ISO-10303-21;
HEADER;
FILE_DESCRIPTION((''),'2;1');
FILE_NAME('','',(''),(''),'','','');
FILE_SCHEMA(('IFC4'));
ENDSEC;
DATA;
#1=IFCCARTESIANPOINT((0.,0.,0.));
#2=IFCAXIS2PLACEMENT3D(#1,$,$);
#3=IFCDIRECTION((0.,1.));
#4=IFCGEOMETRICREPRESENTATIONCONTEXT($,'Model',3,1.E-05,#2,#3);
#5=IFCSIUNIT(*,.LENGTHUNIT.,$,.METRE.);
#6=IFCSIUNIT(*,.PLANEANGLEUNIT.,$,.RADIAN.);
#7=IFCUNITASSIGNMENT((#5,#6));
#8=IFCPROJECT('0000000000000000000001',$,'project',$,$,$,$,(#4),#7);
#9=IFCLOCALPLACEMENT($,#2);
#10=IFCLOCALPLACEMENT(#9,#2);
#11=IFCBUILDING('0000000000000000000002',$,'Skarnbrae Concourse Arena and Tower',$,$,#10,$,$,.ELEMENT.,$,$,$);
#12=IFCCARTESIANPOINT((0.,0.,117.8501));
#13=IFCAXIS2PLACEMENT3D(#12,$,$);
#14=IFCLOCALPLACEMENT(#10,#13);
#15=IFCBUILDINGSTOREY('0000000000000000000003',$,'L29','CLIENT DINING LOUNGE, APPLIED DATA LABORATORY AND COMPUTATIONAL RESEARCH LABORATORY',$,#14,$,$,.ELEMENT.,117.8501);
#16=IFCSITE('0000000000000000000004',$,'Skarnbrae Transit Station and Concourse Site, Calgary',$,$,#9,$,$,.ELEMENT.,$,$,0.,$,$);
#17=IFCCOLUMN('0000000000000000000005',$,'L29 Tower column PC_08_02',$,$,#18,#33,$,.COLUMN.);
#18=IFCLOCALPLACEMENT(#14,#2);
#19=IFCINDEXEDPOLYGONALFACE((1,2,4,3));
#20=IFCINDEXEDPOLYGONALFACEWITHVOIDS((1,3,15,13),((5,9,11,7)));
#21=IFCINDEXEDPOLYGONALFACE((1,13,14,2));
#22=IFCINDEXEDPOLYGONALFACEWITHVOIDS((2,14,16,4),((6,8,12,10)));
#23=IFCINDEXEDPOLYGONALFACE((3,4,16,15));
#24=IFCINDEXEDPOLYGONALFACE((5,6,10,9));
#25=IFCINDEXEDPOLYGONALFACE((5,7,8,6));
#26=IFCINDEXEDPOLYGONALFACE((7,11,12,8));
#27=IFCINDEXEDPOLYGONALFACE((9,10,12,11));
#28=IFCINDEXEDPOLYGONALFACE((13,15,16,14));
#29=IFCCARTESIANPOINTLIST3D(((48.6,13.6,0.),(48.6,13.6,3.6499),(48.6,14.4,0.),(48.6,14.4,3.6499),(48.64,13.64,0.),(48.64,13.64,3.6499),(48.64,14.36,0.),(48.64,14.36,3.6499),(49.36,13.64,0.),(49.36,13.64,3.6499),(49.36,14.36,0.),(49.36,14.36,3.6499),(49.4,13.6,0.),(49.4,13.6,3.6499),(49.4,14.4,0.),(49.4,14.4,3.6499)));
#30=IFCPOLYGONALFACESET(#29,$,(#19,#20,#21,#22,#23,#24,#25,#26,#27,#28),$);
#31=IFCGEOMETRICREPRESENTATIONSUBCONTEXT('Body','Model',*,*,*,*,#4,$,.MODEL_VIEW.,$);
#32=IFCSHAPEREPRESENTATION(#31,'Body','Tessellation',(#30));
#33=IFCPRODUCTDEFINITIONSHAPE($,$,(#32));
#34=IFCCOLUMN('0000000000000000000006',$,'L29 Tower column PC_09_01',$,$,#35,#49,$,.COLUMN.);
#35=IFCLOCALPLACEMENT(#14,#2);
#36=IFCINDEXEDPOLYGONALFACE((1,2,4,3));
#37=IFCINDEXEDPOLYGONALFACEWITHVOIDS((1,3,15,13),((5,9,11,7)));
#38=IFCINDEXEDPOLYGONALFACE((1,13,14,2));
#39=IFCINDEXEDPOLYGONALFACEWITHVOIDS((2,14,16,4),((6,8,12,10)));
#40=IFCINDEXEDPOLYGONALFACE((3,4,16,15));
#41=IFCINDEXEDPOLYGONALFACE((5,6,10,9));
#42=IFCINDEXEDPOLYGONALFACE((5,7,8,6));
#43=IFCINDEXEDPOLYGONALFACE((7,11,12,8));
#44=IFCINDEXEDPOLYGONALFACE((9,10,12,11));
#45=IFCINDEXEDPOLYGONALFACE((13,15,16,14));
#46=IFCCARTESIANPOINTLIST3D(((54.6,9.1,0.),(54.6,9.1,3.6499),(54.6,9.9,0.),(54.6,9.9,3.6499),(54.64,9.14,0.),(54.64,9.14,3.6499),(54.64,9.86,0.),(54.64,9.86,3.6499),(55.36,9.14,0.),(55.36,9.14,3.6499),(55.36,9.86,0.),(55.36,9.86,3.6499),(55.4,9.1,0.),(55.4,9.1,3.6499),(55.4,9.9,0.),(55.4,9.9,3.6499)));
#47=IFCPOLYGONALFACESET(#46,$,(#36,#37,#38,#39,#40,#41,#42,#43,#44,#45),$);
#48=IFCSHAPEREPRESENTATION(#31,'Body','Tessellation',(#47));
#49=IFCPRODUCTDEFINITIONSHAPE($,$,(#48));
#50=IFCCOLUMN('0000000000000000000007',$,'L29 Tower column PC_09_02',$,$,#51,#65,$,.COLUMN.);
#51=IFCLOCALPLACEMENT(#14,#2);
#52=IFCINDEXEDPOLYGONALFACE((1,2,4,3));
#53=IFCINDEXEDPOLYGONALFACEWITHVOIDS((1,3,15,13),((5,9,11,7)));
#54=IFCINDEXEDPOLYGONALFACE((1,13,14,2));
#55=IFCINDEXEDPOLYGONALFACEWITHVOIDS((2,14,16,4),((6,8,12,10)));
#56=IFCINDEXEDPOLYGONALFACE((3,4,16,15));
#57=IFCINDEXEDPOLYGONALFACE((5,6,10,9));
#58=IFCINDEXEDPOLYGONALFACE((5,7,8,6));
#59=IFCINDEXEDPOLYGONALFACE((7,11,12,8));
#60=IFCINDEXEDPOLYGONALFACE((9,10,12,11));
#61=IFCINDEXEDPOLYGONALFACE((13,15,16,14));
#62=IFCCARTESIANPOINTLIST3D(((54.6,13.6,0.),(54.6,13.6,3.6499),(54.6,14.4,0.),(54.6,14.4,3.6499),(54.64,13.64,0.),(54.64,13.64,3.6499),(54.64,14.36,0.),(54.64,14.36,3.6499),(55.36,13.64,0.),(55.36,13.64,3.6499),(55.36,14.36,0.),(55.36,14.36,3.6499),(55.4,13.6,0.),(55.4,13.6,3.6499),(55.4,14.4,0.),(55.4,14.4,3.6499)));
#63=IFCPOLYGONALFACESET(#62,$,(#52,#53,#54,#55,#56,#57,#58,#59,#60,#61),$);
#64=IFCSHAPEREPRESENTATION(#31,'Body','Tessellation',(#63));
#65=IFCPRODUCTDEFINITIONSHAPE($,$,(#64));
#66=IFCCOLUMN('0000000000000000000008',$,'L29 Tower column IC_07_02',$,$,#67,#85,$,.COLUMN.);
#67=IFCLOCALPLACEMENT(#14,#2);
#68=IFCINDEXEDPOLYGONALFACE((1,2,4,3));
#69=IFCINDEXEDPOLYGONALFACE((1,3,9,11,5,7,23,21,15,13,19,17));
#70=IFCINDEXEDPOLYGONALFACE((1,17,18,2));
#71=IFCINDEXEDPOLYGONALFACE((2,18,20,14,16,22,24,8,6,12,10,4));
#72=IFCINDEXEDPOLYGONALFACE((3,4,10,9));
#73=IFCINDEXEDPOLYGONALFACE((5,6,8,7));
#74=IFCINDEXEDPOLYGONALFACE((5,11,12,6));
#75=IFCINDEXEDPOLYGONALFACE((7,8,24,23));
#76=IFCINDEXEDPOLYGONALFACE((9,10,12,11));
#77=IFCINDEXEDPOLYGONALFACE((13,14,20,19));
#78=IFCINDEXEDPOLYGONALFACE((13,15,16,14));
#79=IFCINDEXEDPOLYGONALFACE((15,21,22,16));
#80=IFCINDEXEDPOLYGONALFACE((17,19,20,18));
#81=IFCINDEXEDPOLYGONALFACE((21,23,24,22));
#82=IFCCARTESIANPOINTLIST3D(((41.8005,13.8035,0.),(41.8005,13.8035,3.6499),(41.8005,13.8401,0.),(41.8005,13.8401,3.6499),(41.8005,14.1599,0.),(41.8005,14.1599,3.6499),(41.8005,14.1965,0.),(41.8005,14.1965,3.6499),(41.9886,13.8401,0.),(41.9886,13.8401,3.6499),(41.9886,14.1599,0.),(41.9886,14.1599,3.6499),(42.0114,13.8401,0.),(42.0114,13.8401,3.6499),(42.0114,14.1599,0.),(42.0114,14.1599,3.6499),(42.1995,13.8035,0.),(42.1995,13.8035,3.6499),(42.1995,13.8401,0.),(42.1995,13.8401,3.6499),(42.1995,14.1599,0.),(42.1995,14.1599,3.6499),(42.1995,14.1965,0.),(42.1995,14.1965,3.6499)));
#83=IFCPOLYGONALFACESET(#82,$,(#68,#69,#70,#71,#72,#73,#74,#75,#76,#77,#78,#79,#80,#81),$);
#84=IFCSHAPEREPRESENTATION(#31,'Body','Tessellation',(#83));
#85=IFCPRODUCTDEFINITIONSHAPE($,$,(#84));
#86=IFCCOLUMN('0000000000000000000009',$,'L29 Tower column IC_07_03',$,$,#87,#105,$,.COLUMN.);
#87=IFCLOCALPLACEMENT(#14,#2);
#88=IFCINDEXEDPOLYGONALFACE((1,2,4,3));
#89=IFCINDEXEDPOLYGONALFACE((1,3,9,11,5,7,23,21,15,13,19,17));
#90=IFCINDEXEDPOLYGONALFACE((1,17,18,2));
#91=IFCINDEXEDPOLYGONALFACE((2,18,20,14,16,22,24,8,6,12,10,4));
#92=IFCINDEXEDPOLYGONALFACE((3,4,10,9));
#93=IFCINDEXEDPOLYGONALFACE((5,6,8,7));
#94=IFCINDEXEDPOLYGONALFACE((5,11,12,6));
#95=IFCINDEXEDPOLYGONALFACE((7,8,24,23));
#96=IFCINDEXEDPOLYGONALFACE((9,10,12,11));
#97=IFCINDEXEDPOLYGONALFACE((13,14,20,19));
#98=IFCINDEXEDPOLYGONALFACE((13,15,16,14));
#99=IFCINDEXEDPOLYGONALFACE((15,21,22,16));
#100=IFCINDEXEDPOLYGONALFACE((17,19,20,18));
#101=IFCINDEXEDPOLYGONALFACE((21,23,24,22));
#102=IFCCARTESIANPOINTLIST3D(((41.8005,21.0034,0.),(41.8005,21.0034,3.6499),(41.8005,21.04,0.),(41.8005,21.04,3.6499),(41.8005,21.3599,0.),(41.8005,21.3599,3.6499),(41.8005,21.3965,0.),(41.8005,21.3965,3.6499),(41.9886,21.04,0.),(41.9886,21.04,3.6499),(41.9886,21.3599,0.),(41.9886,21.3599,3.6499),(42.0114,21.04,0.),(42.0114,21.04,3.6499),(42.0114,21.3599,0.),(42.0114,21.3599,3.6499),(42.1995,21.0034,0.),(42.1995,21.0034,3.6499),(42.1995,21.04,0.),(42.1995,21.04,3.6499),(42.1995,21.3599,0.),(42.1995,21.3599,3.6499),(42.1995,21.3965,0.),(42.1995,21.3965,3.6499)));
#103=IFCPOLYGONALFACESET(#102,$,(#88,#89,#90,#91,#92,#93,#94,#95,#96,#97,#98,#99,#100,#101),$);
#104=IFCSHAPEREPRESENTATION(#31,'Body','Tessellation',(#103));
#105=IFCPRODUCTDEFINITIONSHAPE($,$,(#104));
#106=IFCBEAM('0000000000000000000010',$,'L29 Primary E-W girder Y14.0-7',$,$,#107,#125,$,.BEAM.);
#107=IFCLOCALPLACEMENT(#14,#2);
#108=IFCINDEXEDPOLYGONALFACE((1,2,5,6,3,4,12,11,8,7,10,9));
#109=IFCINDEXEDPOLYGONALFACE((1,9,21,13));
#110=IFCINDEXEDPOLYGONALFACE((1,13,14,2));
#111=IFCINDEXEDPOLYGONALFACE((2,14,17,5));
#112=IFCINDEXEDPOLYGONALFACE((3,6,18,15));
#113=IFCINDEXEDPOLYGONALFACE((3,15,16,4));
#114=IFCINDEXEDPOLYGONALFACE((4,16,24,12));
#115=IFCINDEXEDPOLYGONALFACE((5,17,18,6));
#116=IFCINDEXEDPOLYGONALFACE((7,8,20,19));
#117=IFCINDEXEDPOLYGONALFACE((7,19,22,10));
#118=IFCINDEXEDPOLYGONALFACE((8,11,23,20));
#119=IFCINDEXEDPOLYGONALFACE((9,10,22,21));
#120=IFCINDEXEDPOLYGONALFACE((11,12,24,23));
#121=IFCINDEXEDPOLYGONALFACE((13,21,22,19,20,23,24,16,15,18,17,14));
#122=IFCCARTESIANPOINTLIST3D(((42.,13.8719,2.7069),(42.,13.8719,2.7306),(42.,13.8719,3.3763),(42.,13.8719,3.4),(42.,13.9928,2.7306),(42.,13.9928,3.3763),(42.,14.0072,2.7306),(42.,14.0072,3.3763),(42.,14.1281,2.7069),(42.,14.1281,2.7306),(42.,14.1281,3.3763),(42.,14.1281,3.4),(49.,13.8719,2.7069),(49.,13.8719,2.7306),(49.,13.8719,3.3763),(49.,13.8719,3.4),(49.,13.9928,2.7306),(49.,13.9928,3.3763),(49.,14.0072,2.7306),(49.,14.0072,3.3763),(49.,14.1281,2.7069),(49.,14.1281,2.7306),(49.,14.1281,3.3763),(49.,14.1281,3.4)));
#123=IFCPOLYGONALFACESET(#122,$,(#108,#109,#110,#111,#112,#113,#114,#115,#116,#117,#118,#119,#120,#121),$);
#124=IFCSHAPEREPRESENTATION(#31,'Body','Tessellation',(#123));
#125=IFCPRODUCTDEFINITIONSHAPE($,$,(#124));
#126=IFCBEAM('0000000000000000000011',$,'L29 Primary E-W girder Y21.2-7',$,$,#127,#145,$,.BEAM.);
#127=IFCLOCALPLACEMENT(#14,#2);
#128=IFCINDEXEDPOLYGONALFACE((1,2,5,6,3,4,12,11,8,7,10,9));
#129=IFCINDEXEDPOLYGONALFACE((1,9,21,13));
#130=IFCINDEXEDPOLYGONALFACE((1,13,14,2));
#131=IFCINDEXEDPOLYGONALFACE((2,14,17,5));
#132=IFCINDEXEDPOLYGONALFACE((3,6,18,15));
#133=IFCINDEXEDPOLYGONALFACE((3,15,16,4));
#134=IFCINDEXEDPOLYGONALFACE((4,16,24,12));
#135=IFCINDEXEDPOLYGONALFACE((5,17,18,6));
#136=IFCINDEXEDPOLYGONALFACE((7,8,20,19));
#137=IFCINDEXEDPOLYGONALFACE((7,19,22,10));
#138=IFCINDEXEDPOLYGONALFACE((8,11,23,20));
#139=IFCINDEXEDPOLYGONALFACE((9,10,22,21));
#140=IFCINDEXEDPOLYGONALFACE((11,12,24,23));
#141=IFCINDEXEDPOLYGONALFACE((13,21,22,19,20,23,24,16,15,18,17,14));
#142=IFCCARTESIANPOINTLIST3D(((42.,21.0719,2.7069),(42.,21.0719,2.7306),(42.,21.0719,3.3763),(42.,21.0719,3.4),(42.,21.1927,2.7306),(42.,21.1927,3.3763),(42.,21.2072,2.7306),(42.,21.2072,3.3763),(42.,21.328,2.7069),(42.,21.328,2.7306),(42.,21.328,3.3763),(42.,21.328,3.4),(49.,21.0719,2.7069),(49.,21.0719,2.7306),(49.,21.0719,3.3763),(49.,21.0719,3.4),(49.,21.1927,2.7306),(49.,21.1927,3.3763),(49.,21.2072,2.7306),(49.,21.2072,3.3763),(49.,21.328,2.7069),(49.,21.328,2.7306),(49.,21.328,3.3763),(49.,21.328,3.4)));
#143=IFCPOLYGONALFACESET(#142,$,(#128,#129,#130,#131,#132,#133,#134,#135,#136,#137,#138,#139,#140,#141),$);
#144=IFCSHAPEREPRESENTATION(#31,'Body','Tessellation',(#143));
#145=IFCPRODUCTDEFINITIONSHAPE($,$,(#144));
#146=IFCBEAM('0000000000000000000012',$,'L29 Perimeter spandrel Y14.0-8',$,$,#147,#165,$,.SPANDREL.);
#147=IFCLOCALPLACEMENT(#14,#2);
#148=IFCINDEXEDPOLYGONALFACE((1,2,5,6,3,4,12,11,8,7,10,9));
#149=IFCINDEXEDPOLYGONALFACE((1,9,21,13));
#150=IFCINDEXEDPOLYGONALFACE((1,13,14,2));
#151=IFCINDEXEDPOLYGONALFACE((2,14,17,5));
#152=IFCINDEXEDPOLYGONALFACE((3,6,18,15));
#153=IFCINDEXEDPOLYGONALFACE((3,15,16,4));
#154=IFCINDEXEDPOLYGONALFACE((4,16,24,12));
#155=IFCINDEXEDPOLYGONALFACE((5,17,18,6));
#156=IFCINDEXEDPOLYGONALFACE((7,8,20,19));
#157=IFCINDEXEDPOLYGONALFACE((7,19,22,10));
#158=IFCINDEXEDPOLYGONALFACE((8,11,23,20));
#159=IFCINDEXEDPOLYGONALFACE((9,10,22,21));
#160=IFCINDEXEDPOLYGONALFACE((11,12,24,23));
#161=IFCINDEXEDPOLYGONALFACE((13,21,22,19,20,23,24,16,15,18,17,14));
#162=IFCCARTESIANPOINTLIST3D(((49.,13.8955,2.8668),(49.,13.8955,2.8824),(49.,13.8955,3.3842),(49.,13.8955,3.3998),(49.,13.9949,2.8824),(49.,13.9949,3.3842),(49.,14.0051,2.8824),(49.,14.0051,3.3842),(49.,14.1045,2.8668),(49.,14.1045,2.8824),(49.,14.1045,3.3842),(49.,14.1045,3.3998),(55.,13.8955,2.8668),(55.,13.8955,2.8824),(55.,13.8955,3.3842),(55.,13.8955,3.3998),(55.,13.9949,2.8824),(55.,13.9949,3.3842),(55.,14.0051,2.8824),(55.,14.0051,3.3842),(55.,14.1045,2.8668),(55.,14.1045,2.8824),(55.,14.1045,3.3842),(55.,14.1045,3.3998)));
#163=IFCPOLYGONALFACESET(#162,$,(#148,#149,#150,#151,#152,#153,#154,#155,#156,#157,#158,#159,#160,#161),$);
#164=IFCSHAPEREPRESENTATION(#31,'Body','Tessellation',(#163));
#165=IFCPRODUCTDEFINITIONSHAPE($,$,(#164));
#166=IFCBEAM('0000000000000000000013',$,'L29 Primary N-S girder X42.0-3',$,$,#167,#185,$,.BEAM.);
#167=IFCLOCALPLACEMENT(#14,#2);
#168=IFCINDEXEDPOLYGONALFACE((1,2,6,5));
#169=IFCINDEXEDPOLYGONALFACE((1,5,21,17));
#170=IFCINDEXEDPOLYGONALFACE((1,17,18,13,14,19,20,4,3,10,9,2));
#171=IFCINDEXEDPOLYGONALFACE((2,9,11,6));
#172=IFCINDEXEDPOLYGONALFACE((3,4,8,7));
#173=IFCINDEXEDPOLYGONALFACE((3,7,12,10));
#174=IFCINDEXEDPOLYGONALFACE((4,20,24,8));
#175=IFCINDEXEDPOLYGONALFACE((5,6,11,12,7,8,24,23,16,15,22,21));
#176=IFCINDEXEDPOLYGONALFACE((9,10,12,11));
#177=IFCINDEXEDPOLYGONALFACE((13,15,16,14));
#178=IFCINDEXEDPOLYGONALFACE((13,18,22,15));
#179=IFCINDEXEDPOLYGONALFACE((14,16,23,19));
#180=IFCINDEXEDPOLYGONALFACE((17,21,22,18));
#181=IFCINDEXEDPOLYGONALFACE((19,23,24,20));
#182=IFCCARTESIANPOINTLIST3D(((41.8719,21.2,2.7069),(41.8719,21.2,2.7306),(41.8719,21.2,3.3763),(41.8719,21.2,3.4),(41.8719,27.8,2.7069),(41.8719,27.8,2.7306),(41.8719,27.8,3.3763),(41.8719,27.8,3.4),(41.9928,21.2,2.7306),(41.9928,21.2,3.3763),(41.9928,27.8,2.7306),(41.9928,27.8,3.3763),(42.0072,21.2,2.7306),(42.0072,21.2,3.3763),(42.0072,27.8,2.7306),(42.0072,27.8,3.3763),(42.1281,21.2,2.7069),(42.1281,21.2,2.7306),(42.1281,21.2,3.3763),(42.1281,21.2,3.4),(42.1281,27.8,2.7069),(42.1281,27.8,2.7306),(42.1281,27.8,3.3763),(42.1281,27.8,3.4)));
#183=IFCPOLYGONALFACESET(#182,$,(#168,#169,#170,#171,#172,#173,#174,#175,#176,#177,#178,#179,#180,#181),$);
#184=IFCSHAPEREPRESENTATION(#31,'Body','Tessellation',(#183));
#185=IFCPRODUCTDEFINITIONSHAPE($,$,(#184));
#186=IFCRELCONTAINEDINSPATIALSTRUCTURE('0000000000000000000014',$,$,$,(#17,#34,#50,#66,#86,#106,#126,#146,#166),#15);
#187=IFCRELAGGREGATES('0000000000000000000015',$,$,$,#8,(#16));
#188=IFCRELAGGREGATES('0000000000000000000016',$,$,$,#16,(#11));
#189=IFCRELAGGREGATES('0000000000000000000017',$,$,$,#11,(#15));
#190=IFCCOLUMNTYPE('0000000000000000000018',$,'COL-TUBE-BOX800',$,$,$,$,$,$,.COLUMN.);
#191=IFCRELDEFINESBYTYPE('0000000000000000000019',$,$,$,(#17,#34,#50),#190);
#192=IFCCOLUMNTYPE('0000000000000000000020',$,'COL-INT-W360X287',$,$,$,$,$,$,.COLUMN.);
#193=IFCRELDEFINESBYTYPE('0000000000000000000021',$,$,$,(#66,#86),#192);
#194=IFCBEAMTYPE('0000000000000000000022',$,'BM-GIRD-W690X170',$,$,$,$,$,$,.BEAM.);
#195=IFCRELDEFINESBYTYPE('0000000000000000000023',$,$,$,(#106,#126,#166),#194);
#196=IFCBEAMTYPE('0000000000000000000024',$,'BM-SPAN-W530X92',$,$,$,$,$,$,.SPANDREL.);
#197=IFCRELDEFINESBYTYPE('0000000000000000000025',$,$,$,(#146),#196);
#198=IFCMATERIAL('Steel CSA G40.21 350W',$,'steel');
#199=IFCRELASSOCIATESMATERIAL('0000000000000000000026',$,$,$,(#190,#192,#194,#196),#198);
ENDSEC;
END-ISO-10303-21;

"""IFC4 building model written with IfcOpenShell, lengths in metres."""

from ifc_helpers import new_model, si_unit, direction, frame, origin, origin_2d, place, context, subcontext, project, spatial, hollow_rectangle, i_section, extrude, source, transform, mapped, material, material_profile, profile_set, type_object, element, save


model = new_model("IFC4")

# Units and contexts
model_context = context("Model", 3, precision=1e-05, world=origin(), true_north=direction((0.0, 1.0)))
body_context = subcontext(model_context, "Body", "Model", "MODEL_VIEW")
ifc_project = project(units=[si_unit("LENGTHUNIT", "METRE"), si_unit("PLANEANGLEUNIT", "RADIAN")], contexts=[model_context])

# Site, building, storey
site_placement = place(None, origin())
site = spatial("IfcSite", under=ifc_project, at=site_placement, Name="Skarnbrae Transit Station and Concourse Site, Calgary", CompositionType="ELEMENT", RefElevation=0.0)
building_placement = place(site_placement, origin())
building = spatial("IfcBuilding", under=site, at=building_placement, Name="Skarnbrae Concourse Arena and Tower", CompositionType="ELEMENT")
storey_placement = place(building_placement, frame((0.0, 0.0, 117.8501)))
storey = spatial("IfcBuildingStorey", under=building, at=storey_placement, Name="L29", Description="CLIENT DINING LOUNGE, APPLIED DATA LABORATORY AND COMPUTATIONAL RESEARCH LABORATORY", CompositionType="ELEMENT", Elevation=117.8501)

# Columns
ifc_material_1 = material(Name="Steel CSA G40.21 350W", Category="steel")
ifc_material_profile_1 = material_profile(ifc_material_1, hollow_rectangle(XDim=0.8, YDim=0.8, WallThickness=0.04, at=origin_2d()), Name="BOX800X800X40")
ifc_profile_set_1 = profile_set([ifc_material_profile_1], Name="Steel CSA G40.21 350W")
column_type_1 = type_object("IfcColumnType", Name="COL-TUBE-BOX800", PredefinedType="COLUMN", material=ifc_profile_set_1)
shared_shape_1 = source(origin(), body_context, "Body", "SweptSolid", [
    extrude(hollow_rectangle(XDim=0.8, YDim=0.8, WallThickness=0.04, at=origin_2d()), origin(), (0.0, 0.0, 1.0), 3.6499),
])
for number, where, z_axis, x_axis, name in (
    (1, (49.0, 14.0, 0.0), (0.0, 0.0, 1.0), (1.0, 0.0, 0.0), "L29 Tower column PC_08_02"),
    (2, (55.0, 9.5, 0.0), (0.0, 0.0, 1.0), (1.0, 0.0, 0.0), "L29 Tower column PC_09_01"),
    (3, (55.0, 14.0, 0.0), (0.0, 0.0, 1.0), (1.0, 0.0, 0.0), "L29 Tower column PC_09_02"),
):
    element("IfcColumn", number, at=place(storey_placement, frame(where, z_axis=z_axis, x_axis=x_axis)), inside=storey, type_object=column_type_1, Name=name, PredefinedType="COLUMN", context=body_context, shape_type="MappedRepresentation", body=[
        mapped(shared_shape_1, transform((0.0, 0.0, 0.0))),
    ])
ifc_material_profile_2 = material_profile(ifc_material_1, i_section(OverallWidth=0.3989, OverallDepth=0.3931, WebThickness=0.0227, FlangeThickness=0.0366, at=origin_2d()), Name="W360X287")
ifc_profile_set_2 = profile_set([ifc_material_profile_2], Name="Steel CSA G40.21 350W")
column_type_2 = type_object("IfcColumnType", Name="COL-INT-W360X287", PredefinedType="COLUMN", material=ifc_profile_set_2)
shared_shape_2 = source(origin(), body_context, "Body", "SweptSolid", [
    extrude(i_section(OverallWidth=0.3989, OverallDepth=0.3931, WebThickness=0.0227, FlangeThickness=0.0366, at=origin_2d()), origin(), (0.0, 0.0, 1.0), 3.6499),
])
for number, where, z_axis, x_axis, name in (
    (4, (42.0, 14.0, 0.0), (0.0, 0.0, 1.0), (1.0, 0.0, 0.0), "L29 Tower column IC_07_02"),
    (5, (42.0, 21.2, 0.0), (0.0, 0.0, 1.0), (1.0, 0.0, 0.0), "L29 Tower column IC_07_03"),
):
    element("IfcColumn", number, at=place(storey_placement, frame(where, z_axis=z_axis, x_axis=x_axis)), inside=storey, type_object=column_type_2, Name=name, PredefinedType="COLUMN", context=body_context, shape_type="MappedRepresentation", body=[
        mapped(shared_shape_2, transform((0.0, 0.0, 0.0))),
    ])

# Beams
ifc_material_profile_3 = material_profile(ifc_material_1, i_section(OverallWidth=0.2561, OverallDepth=0.6931, WebThickness=0.0144, FlangeThickness=0.0237, at=origin_2d()), Name="W690X170")
ifc_profile_set_3 = profile_set([ifc_material_profile_3], Name="Steel CSA G40.21 350W")
beam_type_1 = type_object("IfcBeamType", Name="BM-GIRD-W690X170", PredefinedType="BEAM", material=ifc_profile_set_3)
shared_shape_3 = source(origin(), body_context, "Body", "SweptSolid", [
    extrude(i_section(OverallWidth=0.2561, OverallDepth=0.6931, WebThickness=0.0144, FlangeThickness=0.0237, at=origin_2d()), origin(), (0.0, 0.0, 1.0), 7.0),
])
for number, where, z_axis, x_axis, name in (
    (6, (42.0, 14.0, 3.0535), (1.0, 0.0, 0.0), (0.0, 1.0, 0.0), "L29 Primary E-W girder Y14.0-7"),
    (7, (42.0, 21.2, 3.0535), (1.0, 0.0, 0.0), (0.0, 1.0, 0.0), "L29 Primary E-W girder Y21.2-7"),
):
    element("IfcBeam", number, at=place(storey_placement, frame(where, z_axis=z_axis, x_axis=x_axis)), inside=storey, type_object=beam_type_1, Name=name, PredefinedType="BEAM", context=body_context, shape_type="MappedRepresentation", body=[
        mapped(shared_shape_3, transform((0.0, 0.0, 0.0))),
    ])
ifc_material_profile_4 = material_profile(ifc_material_1, i_section(OverallWidth=0.209, OverallDepth=0.533, WebThickness=0.0103, FlangeThickness=0.0156, at=origin_2d()), Name="W530X92")
ifc_profile_set_4 = profile_set([ifc_material_profile_4], Name="Steel CSA G40.21 350W")
beam_type_2 = type_object("IfcBeamType", Name="BM-SPAN-W530X92", PredefinedType="SPANDREL", material=ifc_profile_set_4)
shared_shape_4 = source(origin(), body_context, "Body", "SweptSolid", [
    extrude(i_section(OverallWidth=0.209, OverallDepth=0.533, WebThickness=0.0103, FlangeThickness=0.0156, at=origin_2d()), origin(), (0.0, 0.0, 1.0), 6.0),
])
beam_1_placement = place(storey_placement, frame((49.0, 14.0, 3.1333), z_axis=(1.0, 0.0, 0.0), x_axis=(0.0, 1.0, 0.0)))
element("IfcBeam", 8, at=beam_1_placement, inside=storey, type_object=beam_type_2, Name="L29 Perimeter spandrel Y14.0-8", PredefinedType="SPANDREL", context=body_context, shape_type="MappedRepresentation", body=[
    mapped(shared_shape_4, transform((0.0, 0.0, 0.0))),
])
shared_shape_5 = source(origin(), body_context, "Body", "SweptSolid", [
    extrude(i_section(OverallWidth=0.2561, OverallDepth=0.6931, WebThickness=0.0144, FlangeThickness=0.0237, at=origin_2d()), origin(), (0.0, 0.0, 1.0), 6.6001),
])
beam_2_placement = place(storey_placement, frame((42.0, 21.2, 3.0535), z_axis=(0.0, 1.0, 0.0), x_axis=(-1.0, 0.0, 0.0)))
element("IfcBeam", 9, at=beam_2_placement, inside=storey, type_object=beam_type_1, Name="L29 Primary N-S girder X42.0-3", PredefinedType="BEAM", context=body_context, shape_type="MappedRepresentation", body=[
    mapped(shared_shape_5, transform((0.0, 0.0, 0.0))),
])

save(model, "model.ifc")
